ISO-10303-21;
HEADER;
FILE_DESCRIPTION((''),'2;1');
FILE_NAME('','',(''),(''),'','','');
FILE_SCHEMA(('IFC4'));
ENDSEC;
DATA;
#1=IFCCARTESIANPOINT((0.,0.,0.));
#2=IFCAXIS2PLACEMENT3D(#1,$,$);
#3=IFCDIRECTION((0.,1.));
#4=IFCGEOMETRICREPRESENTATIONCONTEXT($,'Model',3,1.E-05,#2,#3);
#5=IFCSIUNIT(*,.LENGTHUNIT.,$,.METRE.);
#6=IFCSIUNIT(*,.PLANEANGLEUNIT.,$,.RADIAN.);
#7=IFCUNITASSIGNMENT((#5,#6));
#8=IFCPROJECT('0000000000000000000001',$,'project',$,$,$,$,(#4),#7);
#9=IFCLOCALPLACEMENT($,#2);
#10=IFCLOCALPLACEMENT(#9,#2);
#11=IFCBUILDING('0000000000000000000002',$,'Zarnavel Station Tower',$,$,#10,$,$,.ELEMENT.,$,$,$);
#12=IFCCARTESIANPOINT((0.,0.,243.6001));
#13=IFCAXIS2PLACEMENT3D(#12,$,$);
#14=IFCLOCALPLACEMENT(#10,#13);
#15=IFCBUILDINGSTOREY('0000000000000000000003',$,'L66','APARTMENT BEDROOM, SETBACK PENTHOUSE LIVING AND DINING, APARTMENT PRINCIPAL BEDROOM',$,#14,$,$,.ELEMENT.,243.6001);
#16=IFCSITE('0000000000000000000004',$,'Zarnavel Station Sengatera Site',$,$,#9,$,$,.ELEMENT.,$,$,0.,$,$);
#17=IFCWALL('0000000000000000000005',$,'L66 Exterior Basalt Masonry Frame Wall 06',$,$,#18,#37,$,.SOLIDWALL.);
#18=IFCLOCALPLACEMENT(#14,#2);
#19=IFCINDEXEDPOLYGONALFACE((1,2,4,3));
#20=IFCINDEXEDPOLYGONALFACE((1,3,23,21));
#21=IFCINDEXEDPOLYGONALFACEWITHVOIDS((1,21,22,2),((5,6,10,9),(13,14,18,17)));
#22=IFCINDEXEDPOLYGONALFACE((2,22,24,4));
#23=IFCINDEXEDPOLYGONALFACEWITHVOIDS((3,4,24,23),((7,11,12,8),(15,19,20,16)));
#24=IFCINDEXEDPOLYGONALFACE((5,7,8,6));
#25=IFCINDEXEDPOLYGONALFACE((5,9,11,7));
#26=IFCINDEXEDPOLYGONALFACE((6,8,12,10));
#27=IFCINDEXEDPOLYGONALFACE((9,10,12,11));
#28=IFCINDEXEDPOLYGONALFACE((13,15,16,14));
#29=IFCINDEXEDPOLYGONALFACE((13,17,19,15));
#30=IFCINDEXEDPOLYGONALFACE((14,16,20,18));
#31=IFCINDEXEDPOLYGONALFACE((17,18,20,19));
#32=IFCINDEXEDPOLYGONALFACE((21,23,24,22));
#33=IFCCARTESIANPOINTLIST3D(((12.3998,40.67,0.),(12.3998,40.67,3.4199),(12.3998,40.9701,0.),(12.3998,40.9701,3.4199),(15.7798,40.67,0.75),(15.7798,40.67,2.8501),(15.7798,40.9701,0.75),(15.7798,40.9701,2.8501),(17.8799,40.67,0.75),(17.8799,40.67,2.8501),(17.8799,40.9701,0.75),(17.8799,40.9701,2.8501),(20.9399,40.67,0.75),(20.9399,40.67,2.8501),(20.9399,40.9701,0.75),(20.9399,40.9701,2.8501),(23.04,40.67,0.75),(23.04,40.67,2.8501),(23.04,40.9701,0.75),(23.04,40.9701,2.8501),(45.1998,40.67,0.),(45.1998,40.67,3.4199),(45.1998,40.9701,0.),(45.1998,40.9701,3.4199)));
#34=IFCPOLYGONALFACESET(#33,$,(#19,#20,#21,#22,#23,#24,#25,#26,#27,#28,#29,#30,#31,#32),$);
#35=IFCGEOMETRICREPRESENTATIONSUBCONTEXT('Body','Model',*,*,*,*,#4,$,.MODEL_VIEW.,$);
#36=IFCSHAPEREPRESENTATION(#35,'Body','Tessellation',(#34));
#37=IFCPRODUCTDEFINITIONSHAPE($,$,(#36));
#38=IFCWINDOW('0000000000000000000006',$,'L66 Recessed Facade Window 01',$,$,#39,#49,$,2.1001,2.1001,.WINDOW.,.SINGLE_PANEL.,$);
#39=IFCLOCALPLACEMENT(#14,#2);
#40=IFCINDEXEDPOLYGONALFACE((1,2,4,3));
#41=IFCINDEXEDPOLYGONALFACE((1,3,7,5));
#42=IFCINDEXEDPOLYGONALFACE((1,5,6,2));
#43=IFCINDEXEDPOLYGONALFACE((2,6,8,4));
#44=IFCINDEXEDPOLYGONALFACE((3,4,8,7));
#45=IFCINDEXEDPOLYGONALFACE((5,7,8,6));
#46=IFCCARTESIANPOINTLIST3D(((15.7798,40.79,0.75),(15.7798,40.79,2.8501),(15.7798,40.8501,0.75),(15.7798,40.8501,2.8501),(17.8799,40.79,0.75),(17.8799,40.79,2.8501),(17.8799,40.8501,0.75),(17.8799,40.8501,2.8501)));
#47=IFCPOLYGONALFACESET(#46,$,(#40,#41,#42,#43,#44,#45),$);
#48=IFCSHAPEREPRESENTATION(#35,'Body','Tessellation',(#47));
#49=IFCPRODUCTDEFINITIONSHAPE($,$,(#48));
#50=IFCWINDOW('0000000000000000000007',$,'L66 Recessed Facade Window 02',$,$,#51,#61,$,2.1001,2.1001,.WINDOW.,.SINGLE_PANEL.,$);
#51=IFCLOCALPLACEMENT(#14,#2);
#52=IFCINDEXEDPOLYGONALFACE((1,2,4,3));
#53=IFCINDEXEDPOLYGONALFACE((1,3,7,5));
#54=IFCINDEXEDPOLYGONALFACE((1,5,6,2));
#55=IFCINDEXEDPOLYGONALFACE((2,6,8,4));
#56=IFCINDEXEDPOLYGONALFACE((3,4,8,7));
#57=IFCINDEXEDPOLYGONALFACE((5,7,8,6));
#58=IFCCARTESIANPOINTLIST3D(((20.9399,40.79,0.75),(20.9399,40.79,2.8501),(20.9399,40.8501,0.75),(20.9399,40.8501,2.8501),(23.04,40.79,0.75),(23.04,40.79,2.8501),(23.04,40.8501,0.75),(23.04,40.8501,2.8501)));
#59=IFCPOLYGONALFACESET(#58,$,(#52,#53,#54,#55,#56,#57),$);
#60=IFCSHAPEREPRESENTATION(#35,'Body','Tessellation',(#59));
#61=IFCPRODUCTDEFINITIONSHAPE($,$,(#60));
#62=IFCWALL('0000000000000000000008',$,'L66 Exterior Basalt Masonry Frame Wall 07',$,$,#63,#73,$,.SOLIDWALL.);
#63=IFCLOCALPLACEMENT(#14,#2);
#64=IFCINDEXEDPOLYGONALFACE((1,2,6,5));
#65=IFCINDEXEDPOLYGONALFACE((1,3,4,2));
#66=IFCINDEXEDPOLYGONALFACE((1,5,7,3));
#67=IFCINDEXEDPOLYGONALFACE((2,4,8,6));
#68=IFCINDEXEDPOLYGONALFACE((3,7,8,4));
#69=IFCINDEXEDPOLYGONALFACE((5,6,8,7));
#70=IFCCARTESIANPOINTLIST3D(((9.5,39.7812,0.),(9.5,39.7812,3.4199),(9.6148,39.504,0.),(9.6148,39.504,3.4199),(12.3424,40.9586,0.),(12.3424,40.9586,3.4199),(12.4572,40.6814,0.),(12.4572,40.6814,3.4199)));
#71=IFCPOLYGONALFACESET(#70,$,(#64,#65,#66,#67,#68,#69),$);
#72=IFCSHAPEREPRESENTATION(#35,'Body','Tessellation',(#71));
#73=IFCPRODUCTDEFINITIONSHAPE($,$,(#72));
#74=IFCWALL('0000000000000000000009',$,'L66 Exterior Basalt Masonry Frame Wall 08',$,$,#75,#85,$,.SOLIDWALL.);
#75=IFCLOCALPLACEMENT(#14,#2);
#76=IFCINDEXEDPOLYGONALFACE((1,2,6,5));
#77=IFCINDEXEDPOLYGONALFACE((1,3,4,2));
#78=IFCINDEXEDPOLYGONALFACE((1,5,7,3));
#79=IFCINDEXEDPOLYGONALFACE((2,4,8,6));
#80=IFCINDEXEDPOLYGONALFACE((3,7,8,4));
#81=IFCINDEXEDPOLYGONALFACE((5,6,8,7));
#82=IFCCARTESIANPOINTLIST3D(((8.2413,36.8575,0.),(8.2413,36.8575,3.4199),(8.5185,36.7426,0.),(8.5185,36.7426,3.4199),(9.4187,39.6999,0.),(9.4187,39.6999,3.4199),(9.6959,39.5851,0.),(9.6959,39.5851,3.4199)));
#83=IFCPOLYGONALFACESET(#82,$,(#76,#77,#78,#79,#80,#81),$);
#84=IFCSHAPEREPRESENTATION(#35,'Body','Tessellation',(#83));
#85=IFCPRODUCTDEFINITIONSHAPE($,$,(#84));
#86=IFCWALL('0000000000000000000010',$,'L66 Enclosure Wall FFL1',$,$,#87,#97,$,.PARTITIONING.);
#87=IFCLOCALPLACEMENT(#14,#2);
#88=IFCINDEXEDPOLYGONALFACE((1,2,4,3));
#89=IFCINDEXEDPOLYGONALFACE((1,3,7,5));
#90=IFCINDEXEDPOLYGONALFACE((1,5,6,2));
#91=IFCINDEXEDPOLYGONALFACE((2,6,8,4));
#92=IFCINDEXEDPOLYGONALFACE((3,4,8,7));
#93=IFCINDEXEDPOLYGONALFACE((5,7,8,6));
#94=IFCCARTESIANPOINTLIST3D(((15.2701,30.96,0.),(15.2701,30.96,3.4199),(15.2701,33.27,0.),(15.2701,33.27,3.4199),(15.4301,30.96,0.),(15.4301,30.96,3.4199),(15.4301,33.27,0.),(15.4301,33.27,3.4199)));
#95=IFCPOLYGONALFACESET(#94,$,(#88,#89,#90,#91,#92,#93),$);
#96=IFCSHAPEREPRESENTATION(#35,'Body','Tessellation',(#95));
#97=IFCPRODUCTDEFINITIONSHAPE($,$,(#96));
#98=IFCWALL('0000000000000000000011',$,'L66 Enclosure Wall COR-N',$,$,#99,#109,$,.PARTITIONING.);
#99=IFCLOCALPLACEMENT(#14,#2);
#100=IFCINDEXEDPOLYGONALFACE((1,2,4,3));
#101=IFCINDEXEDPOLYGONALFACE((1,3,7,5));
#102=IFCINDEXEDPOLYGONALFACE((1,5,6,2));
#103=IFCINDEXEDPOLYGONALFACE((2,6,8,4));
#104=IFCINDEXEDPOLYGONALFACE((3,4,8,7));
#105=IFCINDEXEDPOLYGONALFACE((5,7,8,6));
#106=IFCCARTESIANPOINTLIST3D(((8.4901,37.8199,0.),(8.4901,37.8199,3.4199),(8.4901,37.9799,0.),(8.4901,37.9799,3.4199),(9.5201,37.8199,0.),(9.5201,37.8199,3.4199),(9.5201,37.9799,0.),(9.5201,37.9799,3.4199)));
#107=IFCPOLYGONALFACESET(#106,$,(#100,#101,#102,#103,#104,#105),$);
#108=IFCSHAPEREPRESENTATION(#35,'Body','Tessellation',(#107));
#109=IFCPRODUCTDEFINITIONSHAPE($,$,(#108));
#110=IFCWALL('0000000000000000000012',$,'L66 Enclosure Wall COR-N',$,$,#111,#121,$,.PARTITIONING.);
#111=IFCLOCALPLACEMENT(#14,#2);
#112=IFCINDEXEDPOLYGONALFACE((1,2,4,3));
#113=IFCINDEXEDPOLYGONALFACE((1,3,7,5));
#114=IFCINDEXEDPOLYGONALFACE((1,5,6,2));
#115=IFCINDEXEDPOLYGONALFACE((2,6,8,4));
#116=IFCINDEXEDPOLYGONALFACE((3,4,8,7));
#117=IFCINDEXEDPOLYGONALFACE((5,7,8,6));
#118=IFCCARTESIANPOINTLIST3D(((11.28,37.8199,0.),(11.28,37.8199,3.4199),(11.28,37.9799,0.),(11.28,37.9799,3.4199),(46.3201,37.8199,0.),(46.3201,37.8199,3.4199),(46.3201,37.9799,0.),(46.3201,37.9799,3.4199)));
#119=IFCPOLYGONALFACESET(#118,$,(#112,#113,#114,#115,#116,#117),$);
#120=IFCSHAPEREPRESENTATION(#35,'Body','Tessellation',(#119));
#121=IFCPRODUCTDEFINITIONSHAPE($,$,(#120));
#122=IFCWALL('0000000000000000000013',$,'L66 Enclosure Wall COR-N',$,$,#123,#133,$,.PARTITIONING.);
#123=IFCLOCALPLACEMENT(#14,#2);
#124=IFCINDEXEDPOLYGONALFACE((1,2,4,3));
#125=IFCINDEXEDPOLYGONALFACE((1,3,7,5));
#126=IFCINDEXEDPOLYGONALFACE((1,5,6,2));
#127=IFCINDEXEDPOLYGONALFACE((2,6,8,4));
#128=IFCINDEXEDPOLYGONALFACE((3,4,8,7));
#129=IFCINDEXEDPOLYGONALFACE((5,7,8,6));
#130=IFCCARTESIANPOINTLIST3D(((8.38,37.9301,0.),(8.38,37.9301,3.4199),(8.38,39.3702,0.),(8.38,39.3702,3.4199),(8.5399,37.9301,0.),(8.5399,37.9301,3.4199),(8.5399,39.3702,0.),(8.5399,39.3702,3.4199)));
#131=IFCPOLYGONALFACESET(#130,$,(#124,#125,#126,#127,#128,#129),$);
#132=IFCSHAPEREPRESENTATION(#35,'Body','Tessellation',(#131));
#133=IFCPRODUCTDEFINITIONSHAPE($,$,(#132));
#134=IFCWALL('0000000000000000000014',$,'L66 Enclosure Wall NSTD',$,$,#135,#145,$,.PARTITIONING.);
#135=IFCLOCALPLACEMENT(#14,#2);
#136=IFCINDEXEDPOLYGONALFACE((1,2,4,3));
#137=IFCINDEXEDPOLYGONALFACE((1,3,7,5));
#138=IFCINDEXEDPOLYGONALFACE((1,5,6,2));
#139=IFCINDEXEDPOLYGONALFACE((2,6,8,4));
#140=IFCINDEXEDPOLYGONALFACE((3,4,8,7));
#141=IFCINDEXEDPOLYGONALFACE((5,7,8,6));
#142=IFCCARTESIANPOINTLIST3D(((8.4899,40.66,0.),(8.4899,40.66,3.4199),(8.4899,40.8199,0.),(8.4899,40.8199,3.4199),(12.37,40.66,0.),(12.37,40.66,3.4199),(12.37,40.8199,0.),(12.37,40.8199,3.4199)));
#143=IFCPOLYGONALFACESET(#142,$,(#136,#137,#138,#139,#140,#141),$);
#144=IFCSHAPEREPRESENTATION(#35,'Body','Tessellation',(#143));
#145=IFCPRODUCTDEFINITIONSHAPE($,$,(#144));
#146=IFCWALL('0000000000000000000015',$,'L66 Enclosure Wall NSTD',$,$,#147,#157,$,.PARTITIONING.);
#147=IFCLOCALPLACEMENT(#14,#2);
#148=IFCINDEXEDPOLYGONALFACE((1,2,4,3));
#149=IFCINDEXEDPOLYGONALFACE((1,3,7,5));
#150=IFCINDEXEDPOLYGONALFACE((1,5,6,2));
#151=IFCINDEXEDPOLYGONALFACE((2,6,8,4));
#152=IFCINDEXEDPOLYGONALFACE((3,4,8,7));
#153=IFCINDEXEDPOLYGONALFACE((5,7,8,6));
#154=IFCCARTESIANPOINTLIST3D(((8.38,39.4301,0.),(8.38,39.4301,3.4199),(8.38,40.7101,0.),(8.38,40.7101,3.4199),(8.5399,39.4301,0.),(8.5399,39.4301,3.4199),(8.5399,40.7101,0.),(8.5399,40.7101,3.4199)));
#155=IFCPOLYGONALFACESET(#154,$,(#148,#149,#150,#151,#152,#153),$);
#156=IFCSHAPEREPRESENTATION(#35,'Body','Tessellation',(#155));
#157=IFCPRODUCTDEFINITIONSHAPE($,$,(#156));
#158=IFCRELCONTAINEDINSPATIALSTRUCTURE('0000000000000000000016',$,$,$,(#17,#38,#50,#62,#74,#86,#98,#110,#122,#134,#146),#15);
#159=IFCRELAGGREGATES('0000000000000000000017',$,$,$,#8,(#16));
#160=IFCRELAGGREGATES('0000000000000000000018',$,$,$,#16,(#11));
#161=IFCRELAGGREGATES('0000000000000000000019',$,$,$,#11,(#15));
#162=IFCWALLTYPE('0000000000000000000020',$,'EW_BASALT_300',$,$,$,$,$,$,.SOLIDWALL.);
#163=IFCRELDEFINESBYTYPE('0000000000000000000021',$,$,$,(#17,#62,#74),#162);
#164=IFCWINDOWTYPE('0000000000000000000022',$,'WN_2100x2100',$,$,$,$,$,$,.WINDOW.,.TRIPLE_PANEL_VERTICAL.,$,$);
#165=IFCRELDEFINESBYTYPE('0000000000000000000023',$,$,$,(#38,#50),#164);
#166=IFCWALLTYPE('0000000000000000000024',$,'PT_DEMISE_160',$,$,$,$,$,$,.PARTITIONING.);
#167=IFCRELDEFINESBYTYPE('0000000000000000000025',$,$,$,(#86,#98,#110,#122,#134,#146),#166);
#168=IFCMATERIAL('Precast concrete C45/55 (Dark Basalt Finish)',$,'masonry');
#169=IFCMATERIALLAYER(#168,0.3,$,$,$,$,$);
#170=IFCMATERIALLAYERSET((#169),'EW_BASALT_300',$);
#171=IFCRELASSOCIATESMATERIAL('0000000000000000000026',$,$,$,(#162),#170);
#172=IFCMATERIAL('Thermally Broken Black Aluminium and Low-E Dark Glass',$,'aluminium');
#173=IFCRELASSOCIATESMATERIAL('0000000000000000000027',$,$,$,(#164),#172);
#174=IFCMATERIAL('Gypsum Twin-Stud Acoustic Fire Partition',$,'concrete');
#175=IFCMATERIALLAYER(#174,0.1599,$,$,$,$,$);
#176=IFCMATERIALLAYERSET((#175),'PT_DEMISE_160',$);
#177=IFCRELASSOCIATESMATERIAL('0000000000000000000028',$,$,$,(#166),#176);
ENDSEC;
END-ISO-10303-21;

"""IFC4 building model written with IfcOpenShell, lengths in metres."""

from ifc_helpers import new_model, si_unit, direction, frame, frame_2d, origin, place, context, subcontext, project, spatial, rectangle, extrude, material, layer, layer_set, type_object, element, fill, save


model = new_model("IFC4")

# Units and contexts
model_context = context("Model", 3, precision=1e-05, world=origin(), true_north=direction((0.0, 1.0)))
body_context = subcontext(model_context, "Body", "Model", "MODEL_VIEW")
ifc_project = project(units=[si_unit("LENGTHUNIT", "METRE"), si_unit("PLANEANGLEUNIT", "RADIAN")], contexts=[model_context])

# Site, building, storey
site_placement = place(None, origin())
site = spatial("IfcSite", under=ifc_project, at=site_placement, Name="Zarnavel Station Sengatera Site", CompositionType="ELEMENT", RefElevation=0.0)
building_placement = place(site_placement, origin())
building = spatial("IfcBuilding", under=site, at=building_placement, Name="Zarnavel Station Tower", CompositionType="ELEMENT")
storey_placement = place(building_placement, frame((0.0, 0.0, 243.6001)))
storey = spatial("IfcBuildingStorey", under=building, at=storey_placement, Name="L66", Description="APARTMENT BEDROOM, SETBACK PENTHOUSE LIVING AND DINING, APARTMENT PRINCIPAL BEDROOM", CompositionType="ELEMENT", Elevation=243.6001)

# Wall, openings, windows
ifc_material_1 = material(Name="Precast concrete C45/55 (Dark Basalt Finish)", Category="masonry")
ifc_layer_1 = layer(ifc_material_1, 0.3)
ifc_layer_set_1 = layer_set([ifc_layer_1], Name="EW_BASALT_300")
wall_type_1 = type_object("IfcWallType", Name="EW_BASALT_300", PredefinedType="SOLIDWALL", material=ifc_layer_set_1)
wall_1_placement = place(storey_placement, frame((12.3999, 40.8201, 0.0), z_axis=(0.0, 0.0, 1.0), x_axis=(1.0, 0.0, 0.0)))
wall_1 = element("IfcWall", 1, at=wall_1_placement, inside=storey, type_object=wall_type_1, Name="L66 Exterior Basalt Masonry Frame Wall 06", PredefinedType="SOLIDWALL", context=body_context, shape_type="SweptSolid", body=[
    extrude(rectangle(XDim=32.8, YDim=0.3, at=frame_2d((16.3999, 0.0))), origin(), (0.0, 0.0, 1.0), 3.4199),
])
opening_1_placement = place(wall_1_placement, frame((3.3799, 0.0, 0.75)))
opening_1 = element("IfcOpeningElement", 2, at=opening_1_placement, cuts=wall_1, PredefinedType="OPENING", context=body_context, shape_type="SweptSolid", body=[
    extrude(rectangle(XDim=2.1001, YDim=2.1001, at=frame_2d((1.05, 1.05))), frame((0.0, 0.1599, 0.0), z_axis=(0.0, -1.0, 0.0), x_axis=(1.0, 0.0, 0.0)), (0.0, 0.0, 1.0), 0.3201),
])
opening_2_placement = place(wall_1_placement, frame((8.54, 0.0, 0.75)))
opening_2 = element("IfcOpeningElement", 3, at=opening_2_placement, cuts=wall_1, PredefinedType="OPENING", context=body_context, shape_type="SweptSolid", body=[
    extrude(rectangle(XDim=2.1001, YDim=2.1001, at=frame_2d((1.05, 1.05))), frame((0.0, 0.1599, 0.0), z_axis=(0.0, -1.0, 0.0), x_axis=(1.0, 0.0, 0.0)), (0.0, 0.0, 1.0), 0.3201),
])
ifc_material_2 = material(Name="Thermally Broken Black Aluminium and Low-E Dark Glass", Category="aluminium")
window_type = type_object("IfcWindowType", Name="WN_2100x2100", PartitioningType="TRIPLE_PANEL_VERTICAL", PredefinedType="WINDOW", material=ifc_material_2)
window_1_placement = place(opening_1_placement, origin())
window_1 = element("IfcWindow", 4, at=window_1_placement, inside=storey, type_object=window_type, Name="L66 Recessed Facade Window 01", OverallHeight=2.1001, OverallWidth=2.1001, PartitioningType="SINGLE_PANEL", PredefinedType="WINDOW", context=body_context, shape_type="SweptSolid", body=[
    extrude(rectangle(XDim=2.1001, YDim=2.1001, at=frame_2d((1.05, 1.05))), frame((0.0, 0.03, 0.0), z_axis=(0.0, -1.0, 0.0), x_axis=(1.0, 0.0, 0.0)), (0.0, 0.0, 1.0), 0.0601),
])
fill(opening_1, window_1)
window_2_placement = place(opening_2_placement, origin())
window_2 = element("IfcWindow", 5, at=window_2_placement, inside=storey, type_object=window_type, Name="L66 Recessed Facade Window 02", OverallHeight=2.1001, OverallWidth=2.1001, PartitioningType="SINGLE_PANEL", PredefinedType="WINDOW", context=body_context, shape_type="SweptSolid", body=[
    extrude(rectangle(XDim=2.1001, YDim=2.1001, at=frame_2d((1.05, 1.05))), frame((0.0, 0.03, 0.0), z_axis=(0.0, -1.0, 0.0), x_axis=(1.0, 0.0, 0.0)), (0.0, 0.0, 1.0), 0.0601),
])
fill(opening_2, window_2)

# Walls
for number, where, z_axis, x_axis, name in (
    (6, (9.5574, 39.6426, 0.0), (0.0, 0.0, 1.0), (0.923871, 0.382705, 0.0), "L66 Exterior Basalt Masonry Frame Wall 07"),
    (7, (8.3799, 36.8, 0.0), (0.0, 0.0, 1.0), (0.382705, 0.923871, 0.0), "L66 Exterior Basalt Masonry Frame Wall 08"),
):
    element("IfcWall", number, at=place(storey_placement, frame(where, z_axis=z_axis, x_axis=x_axis)), inside=storey, type_object=wall_type_1, Name=name, PredefinedType="SOLIDWALL", context=body_context, shape_type="SweptSolid", body=[
        extrude(rectangle(XDim=3.0767, YDim=0.3, at=frame_2d((1.5383, 0.0))), origin(), (0.0, 0.0, 1.0), 3.4199),
    ])
ifc_material_3 = material(Name="Gypsum Twin-Stud Acoustic Fire Partition", Category="concrete")
ifc_layer_2 = layer(ifc_material_3, 0.1599)
ifc_layer_set_2 = layer_set([ifc_layer_2], Name="PT_DEMISE_160")
wall_type_2 = type_object("IfcWallType", Name="PT_DEMISE_160", PredefinedType="PARTITIONING", material=ifc_layer_set_2)
wall_2_placement = place(storey_placement, frame((15.3501, 30.96, 0.0), z_axis=(0.0, 0.0, 1.0), x_axis=(0.0, 1.0, 0.0)))
element("IfcWall", 8, at=wall_2_placement, inside=storey, type_object=wall_type_2, Name="L66 Enclosure Wall FFL1", PredefinedType="PARTITIONING", context=body_context, shape_type="SweptSolid", body=[
    extrude(rectangle(XDim=2.3101, YDim=0.1599, at=frame_2d((1.155, 0.0))), origin(), (0.0, 0.0, 1.0), 3.4199),
])
wall_3_placement = place(storey_placement, frame((8.49, 37.8999, 0.0), z_axis=(0.0, 0.0, 1.0), x_axis=(1.0, 0.0, 0.0)))
element("IfcWall", 9, at=wall_3_placement, inside=storey, type_object=wall_type_2, Name="L66 Enclosure Wall COR-N", PredefinedType="PARTITIONING", context=body_context, shape_type="SweptSolid", body=[
    extrude(rectangle(XDim=1.03, YDim=0.1599, at=frame_2d((0.5151, 0.0))), origin(), (0.0, 0.0, 1.0), 3.4199),
])
wall_4_placement = place(storey_placement, frame((11.28, 37.8999, 0.0), z_axis=(0.0, 0.0, 1.0), x_axis=(1.0, 0.0, 0.0)))
element("IfcWall", 10, at=wall_4_placement, inside=storey, type_object=wall_type_2, Name="L66 Enclosure Wall COR-N", PredefinedType="PARTITIONING", context=body_context, shape_type="SweptSolid", body=[
    extrude(rectangle(XDim=35.04, YDim=0.1599, at=frame_2d((17.52, 0.0))), origin(), (0.0, 0.0, 1.0), 3.4199),
])
wall_5_placement = place(storey_placement, frame((8.46, 37.9299, 0.0), z_axis=(0.0, 0.0, 1.0), x_axis=(0.0, 1.0, 0.0)))
element("IfcWall", 11, at=wall_5_placement, inside=storey, type_object=wall_type_2, Name="L66 Enclosure Wall COR-N", PredefinedType="PARTITIONING", context=body_context, shape_type="SweptSolid", body=[
    extrude(rectangle(XDim=1.4402, YDim=0.1599, at=frame_2d((0.7202, 0.0))), origin(), (0.0, 0.0, 1.0), 3.4199),
])
wall_6_placement = place(storey_placement, frame((8.49, 40.74, 0.0), z_axis=(0.0, 0.0, 1.0), x_axis=(1.0, 0.0, 0.0)))
element("IfcWall", 12, at=wall_6_placement, inside=storey, type_object=wall_type_2, Name="L66 Enclosure Wall NSTD", PredefinedType="PARTITIONING", context=body_context, shape_type="SweptSolid", body=[
    extrude(rectangle(XDim=3.8801, YDim=0.1599, at=frame_2d((1.9399, 0.0))), origin(), (0.0, 0.0, 1.0), 3.4199),
])
wall_7_placement = place(storey_placement, frame((8.46, 39.4299, 0.0), z_axis=(0.0, 0.0, 1.0), x_axis=(0.0, 1.0, 0.0)))
element("IfcWall", 13, at=wall_7_placement, inside=storey, type_object=wall_type_2, Name="L66 Enclosure Wall NSTD", PredefinedType="PARTITIONING", context=body_context, shape_type="SweptSolid", body=[
    extrude(rectangle(XDim=1.28, YDim=0.1599, at=frame_2d((0.6401, 0.0))), origin(), (0.0, 0.0, 1.0), 3.4199),
])

save(model, "model.ifc")
